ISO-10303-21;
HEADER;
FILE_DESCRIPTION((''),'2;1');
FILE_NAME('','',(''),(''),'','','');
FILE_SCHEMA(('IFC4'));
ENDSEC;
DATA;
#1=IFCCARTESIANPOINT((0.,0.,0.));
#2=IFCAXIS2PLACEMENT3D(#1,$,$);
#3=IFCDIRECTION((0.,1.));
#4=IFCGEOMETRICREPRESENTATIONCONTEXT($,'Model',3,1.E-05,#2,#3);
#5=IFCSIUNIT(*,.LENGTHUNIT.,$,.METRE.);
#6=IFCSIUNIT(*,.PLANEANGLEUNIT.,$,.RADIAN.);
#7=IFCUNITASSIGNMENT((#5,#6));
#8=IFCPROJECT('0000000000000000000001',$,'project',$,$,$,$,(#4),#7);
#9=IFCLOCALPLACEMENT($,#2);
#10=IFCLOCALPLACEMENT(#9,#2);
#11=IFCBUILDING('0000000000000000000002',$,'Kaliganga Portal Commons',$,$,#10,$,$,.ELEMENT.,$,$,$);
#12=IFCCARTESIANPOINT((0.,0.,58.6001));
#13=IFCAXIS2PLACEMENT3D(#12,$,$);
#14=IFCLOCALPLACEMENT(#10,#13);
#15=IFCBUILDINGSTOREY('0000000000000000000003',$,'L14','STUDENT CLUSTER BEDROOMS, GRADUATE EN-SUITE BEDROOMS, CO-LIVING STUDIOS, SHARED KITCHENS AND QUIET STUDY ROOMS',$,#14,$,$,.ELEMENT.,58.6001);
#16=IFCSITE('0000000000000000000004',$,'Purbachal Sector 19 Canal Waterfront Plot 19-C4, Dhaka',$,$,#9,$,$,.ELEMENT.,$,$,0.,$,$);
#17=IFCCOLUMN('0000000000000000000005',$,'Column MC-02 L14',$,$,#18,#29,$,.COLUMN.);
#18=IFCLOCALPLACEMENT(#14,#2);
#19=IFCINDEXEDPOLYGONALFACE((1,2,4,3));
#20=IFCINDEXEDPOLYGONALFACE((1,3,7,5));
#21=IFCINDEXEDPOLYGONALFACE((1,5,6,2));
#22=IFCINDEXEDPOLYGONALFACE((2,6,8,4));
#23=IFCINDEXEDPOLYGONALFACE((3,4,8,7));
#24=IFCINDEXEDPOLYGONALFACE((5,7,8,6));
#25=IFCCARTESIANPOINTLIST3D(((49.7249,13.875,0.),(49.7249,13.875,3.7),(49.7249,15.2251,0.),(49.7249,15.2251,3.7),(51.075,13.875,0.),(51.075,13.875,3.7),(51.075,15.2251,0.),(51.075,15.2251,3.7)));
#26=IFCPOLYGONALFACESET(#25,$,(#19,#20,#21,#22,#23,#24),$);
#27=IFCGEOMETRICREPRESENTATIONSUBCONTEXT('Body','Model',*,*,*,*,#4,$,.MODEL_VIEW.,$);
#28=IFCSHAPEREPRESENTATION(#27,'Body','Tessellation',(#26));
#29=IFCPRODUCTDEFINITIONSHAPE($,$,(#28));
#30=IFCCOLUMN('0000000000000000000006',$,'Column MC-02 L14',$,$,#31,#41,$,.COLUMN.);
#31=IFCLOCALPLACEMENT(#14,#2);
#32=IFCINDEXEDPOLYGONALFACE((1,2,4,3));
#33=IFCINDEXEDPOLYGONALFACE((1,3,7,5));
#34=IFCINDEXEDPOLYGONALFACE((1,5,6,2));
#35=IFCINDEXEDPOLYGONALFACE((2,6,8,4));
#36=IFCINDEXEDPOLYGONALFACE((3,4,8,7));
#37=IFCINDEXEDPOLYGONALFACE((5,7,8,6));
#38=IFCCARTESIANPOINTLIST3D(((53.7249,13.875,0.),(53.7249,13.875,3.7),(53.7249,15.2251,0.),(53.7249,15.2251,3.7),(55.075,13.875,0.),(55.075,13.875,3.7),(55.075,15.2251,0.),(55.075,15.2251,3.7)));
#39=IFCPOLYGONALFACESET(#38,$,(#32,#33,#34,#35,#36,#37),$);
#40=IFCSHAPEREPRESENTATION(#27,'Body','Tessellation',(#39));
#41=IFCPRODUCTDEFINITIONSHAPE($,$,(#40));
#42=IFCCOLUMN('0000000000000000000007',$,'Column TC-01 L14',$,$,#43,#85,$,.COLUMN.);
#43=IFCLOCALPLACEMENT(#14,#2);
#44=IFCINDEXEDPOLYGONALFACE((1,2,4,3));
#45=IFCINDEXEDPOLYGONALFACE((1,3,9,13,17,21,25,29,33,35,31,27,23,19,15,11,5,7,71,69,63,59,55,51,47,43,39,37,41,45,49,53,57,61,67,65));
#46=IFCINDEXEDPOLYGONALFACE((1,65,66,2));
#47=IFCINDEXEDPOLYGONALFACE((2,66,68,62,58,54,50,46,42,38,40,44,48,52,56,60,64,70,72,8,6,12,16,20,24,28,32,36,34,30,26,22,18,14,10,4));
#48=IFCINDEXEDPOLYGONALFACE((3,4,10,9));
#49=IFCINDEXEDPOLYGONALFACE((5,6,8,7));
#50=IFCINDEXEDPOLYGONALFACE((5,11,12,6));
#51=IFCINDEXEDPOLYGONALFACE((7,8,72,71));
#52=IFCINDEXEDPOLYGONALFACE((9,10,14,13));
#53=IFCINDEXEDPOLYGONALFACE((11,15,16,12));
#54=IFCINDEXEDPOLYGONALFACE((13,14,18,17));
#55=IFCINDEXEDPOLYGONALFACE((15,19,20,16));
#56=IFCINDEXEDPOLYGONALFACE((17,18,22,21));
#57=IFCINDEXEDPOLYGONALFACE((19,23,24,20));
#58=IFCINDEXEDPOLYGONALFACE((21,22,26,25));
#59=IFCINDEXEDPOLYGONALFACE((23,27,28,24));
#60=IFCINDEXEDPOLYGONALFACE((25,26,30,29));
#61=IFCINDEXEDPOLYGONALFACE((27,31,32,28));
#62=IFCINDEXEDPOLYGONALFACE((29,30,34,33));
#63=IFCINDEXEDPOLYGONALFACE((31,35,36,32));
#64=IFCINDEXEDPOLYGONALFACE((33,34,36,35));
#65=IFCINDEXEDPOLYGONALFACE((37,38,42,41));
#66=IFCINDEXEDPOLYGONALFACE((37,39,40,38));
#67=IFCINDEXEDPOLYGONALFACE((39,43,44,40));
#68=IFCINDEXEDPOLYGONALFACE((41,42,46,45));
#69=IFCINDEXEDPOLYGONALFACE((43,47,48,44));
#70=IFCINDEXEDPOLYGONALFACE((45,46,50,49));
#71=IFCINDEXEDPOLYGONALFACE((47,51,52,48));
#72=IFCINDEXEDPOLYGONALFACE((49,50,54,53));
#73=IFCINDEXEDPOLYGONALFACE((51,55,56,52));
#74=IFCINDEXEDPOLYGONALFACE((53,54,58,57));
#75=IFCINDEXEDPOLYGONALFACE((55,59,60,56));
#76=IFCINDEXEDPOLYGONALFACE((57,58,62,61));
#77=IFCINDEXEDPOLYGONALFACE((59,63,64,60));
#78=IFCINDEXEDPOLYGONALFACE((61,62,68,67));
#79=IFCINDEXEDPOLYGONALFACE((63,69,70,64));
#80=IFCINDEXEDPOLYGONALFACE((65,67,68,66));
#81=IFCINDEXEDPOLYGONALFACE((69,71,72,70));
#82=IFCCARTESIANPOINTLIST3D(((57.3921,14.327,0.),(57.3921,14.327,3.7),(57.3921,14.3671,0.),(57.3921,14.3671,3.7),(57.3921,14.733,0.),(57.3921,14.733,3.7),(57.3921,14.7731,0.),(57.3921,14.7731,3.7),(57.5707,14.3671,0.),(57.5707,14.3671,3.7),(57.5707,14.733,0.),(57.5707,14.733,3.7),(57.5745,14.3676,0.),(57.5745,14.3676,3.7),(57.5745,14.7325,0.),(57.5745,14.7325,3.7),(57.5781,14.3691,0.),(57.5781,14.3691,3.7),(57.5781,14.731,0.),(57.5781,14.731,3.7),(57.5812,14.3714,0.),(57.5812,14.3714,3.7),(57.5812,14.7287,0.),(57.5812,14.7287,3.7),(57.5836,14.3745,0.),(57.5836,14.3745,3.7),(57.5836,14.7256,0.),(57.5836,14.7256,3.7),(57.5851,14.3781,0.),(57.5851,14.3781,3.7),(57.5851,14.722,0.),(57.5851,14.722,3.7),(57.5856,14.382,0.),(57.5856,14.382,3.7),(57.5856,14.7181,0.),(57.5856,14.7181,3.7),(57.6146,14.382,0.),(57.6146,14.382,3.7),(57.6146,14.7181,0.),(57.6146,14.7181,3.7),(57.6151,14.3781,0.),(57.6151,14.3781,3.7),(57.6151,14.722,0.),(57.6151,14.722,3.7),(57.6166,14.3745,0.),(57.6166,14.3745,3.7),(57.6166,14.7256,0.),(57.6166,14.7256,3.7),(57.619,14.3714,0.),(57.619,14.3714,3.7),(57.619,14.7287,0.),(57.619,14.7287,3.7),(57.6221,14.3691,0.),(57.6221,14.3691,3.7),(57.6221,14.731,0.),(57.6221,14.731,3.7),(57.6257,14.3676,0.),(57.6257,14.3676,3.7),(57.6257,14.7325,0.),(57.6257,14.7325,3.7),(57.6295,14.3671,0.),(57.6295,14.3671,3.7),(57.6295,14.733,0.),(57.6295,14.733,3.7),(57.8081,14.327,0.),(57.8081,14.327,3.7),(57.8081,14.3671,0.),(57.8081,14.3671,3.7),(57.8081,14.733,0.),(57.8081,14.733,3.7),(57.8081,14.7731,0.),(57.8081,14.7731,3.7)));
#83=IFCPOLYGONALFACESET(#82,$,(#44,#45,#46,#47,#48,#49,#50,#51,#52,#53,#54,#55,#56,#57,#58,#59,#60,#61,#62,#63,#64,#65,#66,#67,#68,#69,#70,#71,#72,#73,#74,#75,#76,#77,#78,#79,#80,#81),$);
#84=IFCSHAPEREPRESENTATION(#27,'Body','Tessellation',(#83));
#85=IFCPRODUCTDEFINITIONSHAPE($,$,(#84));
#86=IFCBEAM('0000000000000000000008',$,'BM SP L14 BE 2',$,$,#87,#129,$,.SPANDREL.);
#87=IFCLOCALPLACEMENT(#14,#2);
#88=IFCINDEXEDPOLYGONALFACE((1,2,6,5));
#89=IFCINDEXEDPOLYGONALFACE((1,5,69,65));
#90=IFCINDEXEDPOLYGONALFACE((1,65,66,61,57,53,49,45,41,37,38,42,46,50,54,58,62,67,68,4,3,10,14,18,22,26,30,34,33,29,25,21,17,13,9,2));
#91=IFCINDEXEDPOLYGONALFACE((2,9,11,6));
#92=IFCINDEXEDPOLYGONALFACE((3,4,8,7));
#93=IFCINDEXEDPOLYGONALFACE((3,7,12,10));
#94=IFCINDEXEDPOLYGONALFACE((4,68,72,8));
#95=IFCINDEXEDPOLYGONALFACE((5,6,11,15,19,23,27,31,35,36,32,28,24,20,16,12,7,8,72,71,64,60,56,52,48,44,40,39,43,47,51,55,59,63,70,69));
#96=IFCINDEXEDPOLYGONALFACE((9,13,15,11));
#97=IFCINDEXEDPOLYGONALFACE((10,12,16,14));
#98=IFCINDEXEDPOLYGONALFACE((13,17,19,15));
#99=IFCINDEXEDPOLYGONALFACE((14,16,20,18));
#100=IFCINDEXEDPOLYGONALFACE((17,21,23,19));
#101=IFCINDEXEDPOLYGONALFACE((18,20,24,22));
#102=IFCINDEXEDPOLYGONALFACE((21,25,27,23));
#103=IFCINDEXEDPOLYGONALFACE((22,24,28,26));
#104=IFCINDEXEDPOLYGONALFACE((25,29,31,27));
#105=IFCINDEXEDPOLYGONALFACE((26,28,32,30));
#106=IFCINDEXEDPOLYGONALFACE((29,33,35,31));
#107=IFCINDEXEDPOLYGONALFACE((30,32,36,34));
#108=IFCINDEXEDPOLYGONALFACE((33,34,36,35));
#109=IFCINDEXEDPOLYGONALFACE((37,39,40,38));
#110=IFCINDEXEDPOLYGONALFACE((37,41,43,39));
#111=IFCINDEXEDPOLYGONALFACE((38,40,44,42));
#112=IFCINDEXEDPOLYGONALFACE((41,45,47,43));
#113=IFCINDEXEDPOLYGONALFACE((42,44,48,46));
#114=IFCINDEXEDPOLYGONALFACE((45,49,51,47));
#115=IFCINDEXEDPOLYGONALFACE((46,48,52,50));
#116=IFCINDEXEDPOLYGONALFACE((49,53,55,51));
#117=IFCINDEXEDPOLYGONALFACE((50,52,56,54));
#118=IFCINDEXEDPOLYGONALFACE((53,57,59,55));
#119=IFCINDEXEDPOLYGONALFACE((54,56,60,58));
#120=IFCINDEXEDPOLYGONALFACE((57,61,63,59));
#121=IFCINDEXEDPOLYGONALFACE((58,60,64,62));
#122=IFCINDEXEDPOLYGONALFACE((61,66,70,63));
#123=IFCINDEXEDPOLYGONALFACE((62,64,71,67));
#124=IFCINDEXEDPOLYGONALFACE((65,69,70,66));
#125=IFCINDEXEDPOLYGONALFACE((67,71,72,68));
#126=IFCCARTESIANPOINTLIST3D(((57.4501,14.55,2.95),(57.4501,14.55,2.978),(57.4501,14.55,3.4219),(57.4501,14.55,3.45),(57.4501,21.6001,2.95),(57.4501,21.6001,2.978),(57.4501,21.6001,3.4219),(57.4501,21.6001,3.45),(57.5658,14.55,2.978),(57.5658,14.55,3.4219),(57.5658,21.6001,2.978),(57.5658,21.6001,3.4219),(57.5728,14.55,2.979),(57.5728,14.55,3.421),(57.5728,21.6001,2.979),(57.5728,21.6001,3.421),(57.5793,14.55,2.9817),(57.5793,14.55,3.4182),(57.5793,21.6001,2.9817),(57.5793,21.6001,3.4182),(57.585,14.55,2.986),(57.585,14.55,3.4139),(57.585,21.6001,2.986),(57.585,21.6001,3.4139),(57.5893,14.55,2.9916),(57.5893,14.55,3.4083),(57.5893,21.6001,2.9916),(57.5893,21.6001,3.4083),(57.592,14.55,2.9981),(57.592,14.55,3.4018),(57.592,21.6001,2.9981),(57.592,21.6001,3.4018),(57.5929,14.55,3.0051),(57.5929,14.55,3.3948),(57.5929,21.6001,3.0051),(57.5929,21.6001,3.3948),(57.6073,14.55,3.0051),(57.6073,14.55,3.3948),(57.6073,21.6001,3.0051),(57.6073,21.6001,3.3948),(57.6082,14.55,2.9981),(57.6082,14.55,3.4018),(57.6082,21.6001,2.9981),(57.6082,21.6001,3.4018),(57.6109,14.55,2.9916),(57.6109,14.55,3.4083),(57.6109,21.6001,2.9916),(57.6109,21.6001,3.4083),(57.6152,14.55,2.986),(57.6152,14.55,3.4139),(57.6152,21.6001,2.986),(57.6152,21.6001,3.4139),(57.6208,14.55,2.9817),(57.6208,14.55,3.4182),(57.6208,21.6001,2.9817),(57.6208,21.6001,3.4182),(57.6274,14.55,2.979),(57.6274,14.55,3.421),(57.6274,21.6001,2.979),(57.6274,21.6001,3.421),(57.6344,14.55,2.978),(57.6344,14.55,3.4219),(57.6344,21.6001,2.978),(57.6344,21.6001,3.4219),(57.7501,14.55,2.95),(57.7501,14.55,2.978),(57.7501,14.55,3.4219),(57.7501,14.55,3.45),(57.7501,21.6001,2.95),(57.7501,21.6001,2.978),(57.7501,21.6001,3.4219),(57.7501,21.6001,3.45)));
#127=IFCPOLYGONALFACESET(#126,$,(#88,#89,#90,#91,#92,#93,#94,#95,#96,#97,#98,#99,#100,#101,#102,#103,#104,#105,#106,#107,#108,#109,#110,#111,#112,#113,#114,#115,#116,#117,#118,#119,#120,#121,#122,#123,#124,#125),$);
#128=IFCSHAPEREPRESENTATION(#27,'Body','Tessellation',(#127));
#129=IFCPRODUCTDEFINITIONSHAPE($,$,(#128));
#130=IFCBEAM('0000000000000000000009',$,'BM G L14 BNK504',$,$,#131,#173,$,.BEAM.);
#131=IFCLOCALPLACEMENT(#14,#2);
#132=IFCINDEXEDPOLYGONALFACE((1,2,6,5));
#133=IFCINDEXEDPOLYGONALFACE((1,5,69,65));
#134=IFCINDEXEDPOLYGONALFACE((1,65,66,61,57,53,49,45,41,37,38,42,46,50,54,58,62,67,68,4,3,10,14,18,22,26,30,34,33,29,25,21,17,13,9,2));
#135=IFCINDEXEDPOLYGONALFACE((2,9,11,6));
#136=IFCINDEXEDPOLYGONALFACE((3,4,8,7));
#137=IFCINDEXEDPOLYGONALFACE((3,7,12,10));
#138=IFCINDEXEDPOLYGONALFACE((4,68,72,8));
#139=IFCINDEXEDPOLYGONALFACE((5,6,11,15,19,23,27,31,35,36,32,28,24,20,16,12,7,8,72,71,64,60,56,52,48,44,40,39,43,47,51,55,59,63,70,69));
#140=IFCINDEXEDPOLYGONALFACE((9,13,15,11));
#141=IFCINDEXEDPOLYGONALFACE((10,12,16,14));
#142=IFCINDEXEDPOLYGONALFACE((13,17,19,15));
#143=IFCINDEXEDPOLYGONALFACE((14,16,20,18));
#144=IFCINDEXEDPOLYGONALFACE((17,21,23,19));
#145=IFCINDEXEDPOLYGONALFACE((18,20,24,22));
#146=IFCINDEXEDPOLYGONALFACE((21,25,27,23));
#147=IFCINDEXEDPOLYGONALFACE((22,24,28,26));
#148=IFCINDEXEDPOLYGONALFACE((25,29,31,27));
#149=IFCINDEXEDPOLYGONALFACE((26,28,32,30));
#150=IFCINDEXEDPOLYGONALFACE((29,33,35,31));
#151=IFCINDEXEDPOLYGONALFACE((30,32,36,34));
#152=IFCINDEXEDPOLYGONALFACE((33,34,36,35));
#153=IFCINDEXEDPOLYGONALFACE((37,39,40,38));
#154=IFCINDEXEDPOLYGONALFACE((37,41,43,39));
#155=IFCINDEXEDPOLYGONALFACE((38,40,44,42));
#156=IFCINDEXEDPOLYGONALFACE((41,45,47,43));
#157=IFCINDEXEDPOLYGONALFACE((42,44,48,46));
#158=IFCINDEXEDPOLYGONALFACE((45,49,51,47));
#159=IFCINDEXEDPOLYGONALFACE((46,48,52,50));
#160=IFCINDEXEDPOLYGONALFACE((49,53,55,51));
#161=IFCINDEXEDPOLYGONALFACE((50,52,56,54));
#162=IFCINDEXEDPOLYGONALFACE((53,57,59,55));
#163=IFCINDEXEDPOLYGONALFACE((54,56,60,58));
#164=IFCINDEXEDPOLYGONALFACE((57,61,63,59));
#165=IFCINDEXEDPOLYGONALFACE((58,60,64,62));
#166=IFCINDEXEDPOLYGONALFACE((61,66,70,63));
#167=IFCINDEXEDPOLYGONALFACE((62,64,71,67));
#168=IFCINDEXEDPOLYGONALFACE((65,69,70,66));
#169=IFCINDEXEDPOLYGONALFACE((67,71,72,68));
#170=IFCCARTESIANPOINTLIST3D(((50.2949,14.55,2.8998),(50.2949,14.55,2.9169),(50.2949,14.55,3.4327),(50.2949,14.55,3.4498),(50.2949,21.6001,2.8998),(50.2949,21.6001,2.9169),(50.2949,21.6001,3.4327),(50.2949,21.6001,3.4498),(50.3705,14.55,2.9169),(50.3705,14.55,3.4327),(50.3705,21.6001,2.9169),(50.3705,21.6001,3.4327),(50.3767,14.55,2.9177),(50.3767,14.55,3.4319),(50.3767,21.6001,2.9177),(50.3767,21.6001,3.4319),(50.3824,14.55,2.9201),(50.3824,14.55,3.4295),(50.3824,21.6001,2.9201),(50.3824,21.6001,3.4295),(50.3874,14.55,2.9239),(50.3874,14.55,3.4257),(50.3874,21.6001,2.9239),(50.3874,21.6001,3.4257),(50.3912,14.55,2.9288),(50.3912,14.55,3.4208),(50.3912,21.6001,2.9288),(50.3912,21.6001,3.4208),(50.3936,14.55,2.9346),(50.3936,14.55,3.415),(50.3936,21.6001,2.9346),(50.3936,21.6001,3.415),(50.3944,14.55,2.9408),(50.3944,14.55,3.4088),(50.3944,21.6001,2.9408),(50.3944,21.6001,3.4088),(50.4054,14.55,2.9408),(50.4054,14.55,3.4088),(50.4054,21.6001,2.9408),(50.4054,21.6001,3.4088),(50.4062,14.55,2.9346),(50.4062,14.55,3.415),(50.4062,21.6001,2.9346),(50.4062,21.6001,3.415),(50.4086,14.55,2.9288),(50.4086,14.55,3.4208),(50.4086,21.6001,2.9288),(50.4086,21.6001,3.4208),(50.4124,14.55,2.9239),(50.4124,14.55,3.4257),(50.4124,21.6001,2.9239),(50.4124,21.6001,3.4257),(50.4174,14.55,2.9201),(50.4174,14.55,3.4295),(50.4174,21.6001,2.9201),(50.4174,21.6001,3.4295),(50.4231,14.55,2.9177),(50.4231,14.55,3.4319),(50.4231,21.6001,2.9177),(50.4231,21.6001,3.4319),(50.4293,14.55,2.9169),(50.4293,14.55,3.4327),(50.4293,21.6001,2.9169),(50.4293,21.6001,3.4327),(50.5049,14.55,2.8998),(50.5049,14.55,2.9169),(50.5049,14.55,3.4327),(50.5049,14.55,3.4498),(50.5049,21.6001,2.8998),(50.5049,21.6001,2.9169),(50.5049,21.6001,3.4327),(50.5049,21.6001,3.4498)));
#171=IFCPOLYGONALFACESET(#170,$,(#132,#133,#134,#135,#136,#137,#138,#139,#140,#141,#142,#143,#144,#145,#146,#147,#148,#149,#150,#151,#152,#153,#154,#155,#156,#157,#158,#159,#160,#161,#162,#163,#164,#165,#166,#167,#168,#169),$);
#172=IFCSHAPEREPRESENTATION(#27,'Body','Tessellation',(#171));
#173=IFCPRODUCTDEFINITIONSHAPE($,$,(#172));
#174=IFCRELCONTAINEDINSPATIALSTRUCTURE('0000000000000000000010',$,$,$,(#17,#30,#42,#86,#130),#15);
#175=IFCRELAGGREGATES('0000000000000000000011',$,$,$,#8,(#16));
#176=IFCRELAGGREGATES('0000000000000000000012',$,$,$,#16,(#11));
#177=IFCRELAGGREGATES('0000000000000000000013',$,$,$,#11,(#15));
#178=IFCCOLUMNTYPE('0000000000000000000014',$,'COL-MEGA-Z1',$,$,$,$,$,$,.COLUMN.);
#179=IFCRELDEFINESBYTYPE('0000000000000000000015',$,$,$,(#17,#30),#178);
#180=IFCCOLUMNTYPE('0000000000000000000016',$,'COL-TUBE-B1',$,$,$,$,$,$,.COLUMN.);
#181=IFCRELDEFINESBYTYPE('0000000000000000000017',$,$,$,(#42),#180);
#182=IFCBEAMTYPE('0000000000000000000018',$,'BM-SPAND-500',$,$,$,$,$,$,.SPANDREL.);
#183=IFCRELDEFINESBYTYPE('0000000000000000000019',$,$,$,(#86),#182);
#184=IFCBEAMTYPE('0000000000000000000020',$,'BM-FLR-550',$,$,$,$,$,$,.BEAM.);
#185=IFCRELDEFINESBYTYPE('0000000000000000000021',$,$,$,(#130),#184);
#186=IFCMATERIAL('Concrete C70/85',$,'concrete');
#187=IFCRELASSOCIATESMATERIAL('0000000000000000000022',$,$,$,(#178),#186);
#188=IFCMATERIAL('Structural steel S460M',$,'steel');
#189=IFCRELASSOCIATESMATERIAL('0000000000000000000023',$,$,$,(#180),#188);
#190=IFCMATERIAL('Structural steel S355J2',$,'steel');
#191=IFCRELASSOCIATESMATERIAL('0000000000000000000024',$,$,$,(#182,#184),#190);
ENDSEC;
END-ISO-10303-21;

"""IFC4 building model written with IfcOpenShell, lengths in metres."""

from ifc_helpers import new_model, si_unit, direction, frame, origin, origin_2d, place, context, subcontext, project, spatial, rectangle, i_section, extrude, source, transform, mapped, material, material_profile, profile_set, type_object, element, save


model = new_model("IFC4")

# Units and contexts
model_context = context("Model", 3, precision=1e-05, world=origin(), true_north=direction((0.0, 1.0)))
body_context = subcontext(model_context, "Body", "Model", "MODEL_VIEW")
ifc_project = project(units=[si_unit("LENGTHUNIT", "METRE"), si_unit("PLANEANGLEUNIT", "RADIAN")], contexts=[model_context])

# Site, building, storey
site_placement = place(None, origin())
site = spatial("IfcSite", under=ifc_project, at=site_placement, Name="Purbachal Sector 19 Canal Waterfront Plot 19-C4, Dhaka", CompositionType="ELEMENT", RefElevation=0.0)
building_placement = place(site_placement, origin())
building = spatial("IfcBuilding", under=site, at=building_placement, Name="Kaliganga Portal Commons", CompositionType="ELEMENT")
storey_placement = place(building_placement, frame((0.0, 0.0, 58.6001)))
storey = spatial("IfcBuildingStorey", under=building, at=storey_placement, Name="L14", Description="STUDENT CLUSTER BEDROOMS, GRADUATE EN-SUITE BEDROOMS, CO-LIVING STUDIOS, SHARED KITCHENS AND QUIET STUDY ROOMS", CompositionType="ELEMENT", Elevation=58.6001)

# Columns
ifc_material_1 = material(Name="Concrete C70/85", Category="concrete")
ifc_material_profile_1 = material_profile(ifc_material_1, rectangle(XDim=1.3501, YDim=1.3501, at=origin_2d()), Name="RC 1350x1350")
ifc_profile_set_1 = profile_set([ifc_material_profile_1], Name="Concrete C70/85")
column_type_1 = type_object("IfcColumnType", Name="COL-MEGA-Z1", PredefinedType="COLUMN", material=ifc_profile_set_1)
shared_shape_1 = source(origin(), body_context, "Body", "SweptSolid", [
    extrude(rectangle(XDim=1.3501, YDim=1.3501, at=origin_2d()), origin(), (0.0, 0.0, 1.0), 3.7),
])
for number, where, z_axis, x_axis, name in (
    (1, (50.3999, 14.55, 0.0), (0.0, 0.0, 1.0), (1.0, 0.0, 0.0), "Column MC-02 L14"),
    (2, (54.3999, 14.55, 0.0), (0.0, 0.0, 1.0), (1.0, 0.0, 0.0), "Column MC-02 L14"),
):
    element("IfcColumn", number, at=place(storey_placement, frame(where, z_axis=z_axis, x_axis=x_axis)), inside=storey, type_object=column_type_1, Name=name, PredefinedType="COLUMN", context=body_context, shape_type="MappedRepresentation", body=[
        mapped(shared_shape_1, transform((0.0, 0.0, 0.0), x_axis=(1.0, 0.0, 0.0), y_axis=(0.0, 1.0, 0.0), z_axis=(0.0, 0.0, 1.0), scale=1.0)),
    ])
ifc_material_2 = material(Name="Structural steel S460M", Category="steel")
ifc_material_profile_2 = material_profile(ifc_material_2, i_section(OverallWidth=0.416, OverallDepth=0.446, WebThickness=0.0291, FlangeThickness=0.04, FilletRadius=0.0149, at=origin_2d()), Name="HD 400x509")
ifc_profile_set_2 = profile_set([ifc_material_profile_2], Name="Structural steel S460M wide-flange")
column_type_2 = type_object("IfcColumnType", Name="COL-TUBE-B1", PredefinedType="COLUMN", material=ifc_profile_set_2)
shared_shape_2 = source(origin(), body_context, "Body", "SweptSolid", [
    extrude(i_section(OverallWidth=0.416, OverallDepth=0.446, WebThickness=0.0291, FlangeThickness=0.04, FilletRadius=0.0149, at=origin_2d()), origin(), (0.0, 0.0, 1.0), 3.7),
])
column_placement = place(storey_placement, frame((57.6001, 14.55, 0.0), z_axis=(0.0, 0.0, 1.0), x_axis=(1.0, 0.0, 0.0)))
element("IfcColumn", 3, at=column_placement, inside=storey, type_object=column_type_2, Name="Column TC-01 L14", PredefinedType="COLUMN", context=body_context, shape_type="MappedRepresentation", body=[
    mapped(shared_shape_2, transform((0.0, 0.0, 0.0), x_axis=(1.0, 0.0, 0.0), y_axis=(0.0, 1.0, 0.0), z_axis=(0.0, 0.0, 1.0), scale=1.0)),
])

# Beams
ifc_material_3 = material(Name="Structural steel S355J2", Category="steel")
ifc_material_profile_3 = material_profile(ifc_material_3, i_section(OverallWidth=0.3, OverallDepth=0.5, WebThickness=0.0144, FlangeThickness=0.0281, FilletRadius=0.0271, at=origin_2d()), Name="HE 500 B")
ifc_profile_set_3 = profile_set([ifc_material_profile_3], Name="Structural steel S355J2 wide-flange")
beam_type_1 = type_object("IfcBeamType", Name="BM-SPAND-500", PredefinedType="SPANDREL", material=ifc_profile_set_3)
shared_shape_3 = source(origin(), body_context, "Body", "SweptSolid", [
    extrude(i_section(OverallWidth=0.3, OverallDepth=0.5, WebThickness=0.0144, FlangeThickness=0.0281, FilletRadius=0.0271, at=origin_2d()), origin(), (0.0, 0.0, 1.0), 7.05),
])
beam_1_placement = place(storey_placement, frame((57.6001, 14.55, 3.2), z_axis=(0.0, 1.0, 0.0), x_axis=(-1.0, 0.0, 0.0)))
element("IfcBeam", 4, at=beam_1_placement, inside=storey, type_object=beam_type_1, Name="BM SP L14 BE 2", PredefinedType="SPANDREL", context=body_context, shape_type="MappedRepresentation", body=[
    mapped(shared_shape_3, transform((0.0, 0.0, 0.0), x_axis=(1.0, 0.0, 0.0), y_axis=(0.0, 1.0, 0.0), z_axis=(0.0, 0.0, 1.0), scale=1.0)),
])
ifc_material_profile_4 = material_profile(ifc_material_3, i_section(OverallWidth=0.21, OverallDepth=0.55, WebThickness=0.011, FlangeThickness=0.0171, FilletRadius=0.0239, at=origin_2d()), Name="IPE 550")
ifc_profile_set_4 = profile_set([ifc_material_profile_4], Name="Structural steel S355J2 wide-flange")
beam_type_2 = type_object("IfcBeamType", Name="BM-FLR-550", PredefinedType="BEAM", material=ifc_profile_set_4)
shared_shape_4 = source(origin(), body_context, "Body", "SweptSolid", [
    extrude(i_section(OverallWidth=0.21, OverallDepth=0.55, WebThickness=0.011, FlangeThickness=0.0171, FilletRadius=0.0239, at=origin_2d()), origin(), (0.0, 0.0, 1.0), 7.05),
])
for number, where, z_axis, x_axis, name in (
    (5, (50.3999, 14.55, 3.1748), (0.0, 1.0, 0.0), (-1.0, 0.0, 0.0), "BM G L14 BNK504"),
):
    element("IfcBeam", number, at=place(storey_placement, frame(where, z_axis=z_axis, x_axis=x_axis)), inside=storey, type_object=beam_type_2, Name=name, PredefinedType="BEAM", context=body_context, shape_type="MappedRepresentation", body=[
        mapped(shared_shape_4, transform((0.0, 0.0, 0.0), x_axis=(1.0, 0.0, 0.0), y_axis=(0.0, 1.0, 0.0), z_axis=(0.0, 0.0, 1.0), scale=1.0)),
    ])

save(model, "model.ifc")
